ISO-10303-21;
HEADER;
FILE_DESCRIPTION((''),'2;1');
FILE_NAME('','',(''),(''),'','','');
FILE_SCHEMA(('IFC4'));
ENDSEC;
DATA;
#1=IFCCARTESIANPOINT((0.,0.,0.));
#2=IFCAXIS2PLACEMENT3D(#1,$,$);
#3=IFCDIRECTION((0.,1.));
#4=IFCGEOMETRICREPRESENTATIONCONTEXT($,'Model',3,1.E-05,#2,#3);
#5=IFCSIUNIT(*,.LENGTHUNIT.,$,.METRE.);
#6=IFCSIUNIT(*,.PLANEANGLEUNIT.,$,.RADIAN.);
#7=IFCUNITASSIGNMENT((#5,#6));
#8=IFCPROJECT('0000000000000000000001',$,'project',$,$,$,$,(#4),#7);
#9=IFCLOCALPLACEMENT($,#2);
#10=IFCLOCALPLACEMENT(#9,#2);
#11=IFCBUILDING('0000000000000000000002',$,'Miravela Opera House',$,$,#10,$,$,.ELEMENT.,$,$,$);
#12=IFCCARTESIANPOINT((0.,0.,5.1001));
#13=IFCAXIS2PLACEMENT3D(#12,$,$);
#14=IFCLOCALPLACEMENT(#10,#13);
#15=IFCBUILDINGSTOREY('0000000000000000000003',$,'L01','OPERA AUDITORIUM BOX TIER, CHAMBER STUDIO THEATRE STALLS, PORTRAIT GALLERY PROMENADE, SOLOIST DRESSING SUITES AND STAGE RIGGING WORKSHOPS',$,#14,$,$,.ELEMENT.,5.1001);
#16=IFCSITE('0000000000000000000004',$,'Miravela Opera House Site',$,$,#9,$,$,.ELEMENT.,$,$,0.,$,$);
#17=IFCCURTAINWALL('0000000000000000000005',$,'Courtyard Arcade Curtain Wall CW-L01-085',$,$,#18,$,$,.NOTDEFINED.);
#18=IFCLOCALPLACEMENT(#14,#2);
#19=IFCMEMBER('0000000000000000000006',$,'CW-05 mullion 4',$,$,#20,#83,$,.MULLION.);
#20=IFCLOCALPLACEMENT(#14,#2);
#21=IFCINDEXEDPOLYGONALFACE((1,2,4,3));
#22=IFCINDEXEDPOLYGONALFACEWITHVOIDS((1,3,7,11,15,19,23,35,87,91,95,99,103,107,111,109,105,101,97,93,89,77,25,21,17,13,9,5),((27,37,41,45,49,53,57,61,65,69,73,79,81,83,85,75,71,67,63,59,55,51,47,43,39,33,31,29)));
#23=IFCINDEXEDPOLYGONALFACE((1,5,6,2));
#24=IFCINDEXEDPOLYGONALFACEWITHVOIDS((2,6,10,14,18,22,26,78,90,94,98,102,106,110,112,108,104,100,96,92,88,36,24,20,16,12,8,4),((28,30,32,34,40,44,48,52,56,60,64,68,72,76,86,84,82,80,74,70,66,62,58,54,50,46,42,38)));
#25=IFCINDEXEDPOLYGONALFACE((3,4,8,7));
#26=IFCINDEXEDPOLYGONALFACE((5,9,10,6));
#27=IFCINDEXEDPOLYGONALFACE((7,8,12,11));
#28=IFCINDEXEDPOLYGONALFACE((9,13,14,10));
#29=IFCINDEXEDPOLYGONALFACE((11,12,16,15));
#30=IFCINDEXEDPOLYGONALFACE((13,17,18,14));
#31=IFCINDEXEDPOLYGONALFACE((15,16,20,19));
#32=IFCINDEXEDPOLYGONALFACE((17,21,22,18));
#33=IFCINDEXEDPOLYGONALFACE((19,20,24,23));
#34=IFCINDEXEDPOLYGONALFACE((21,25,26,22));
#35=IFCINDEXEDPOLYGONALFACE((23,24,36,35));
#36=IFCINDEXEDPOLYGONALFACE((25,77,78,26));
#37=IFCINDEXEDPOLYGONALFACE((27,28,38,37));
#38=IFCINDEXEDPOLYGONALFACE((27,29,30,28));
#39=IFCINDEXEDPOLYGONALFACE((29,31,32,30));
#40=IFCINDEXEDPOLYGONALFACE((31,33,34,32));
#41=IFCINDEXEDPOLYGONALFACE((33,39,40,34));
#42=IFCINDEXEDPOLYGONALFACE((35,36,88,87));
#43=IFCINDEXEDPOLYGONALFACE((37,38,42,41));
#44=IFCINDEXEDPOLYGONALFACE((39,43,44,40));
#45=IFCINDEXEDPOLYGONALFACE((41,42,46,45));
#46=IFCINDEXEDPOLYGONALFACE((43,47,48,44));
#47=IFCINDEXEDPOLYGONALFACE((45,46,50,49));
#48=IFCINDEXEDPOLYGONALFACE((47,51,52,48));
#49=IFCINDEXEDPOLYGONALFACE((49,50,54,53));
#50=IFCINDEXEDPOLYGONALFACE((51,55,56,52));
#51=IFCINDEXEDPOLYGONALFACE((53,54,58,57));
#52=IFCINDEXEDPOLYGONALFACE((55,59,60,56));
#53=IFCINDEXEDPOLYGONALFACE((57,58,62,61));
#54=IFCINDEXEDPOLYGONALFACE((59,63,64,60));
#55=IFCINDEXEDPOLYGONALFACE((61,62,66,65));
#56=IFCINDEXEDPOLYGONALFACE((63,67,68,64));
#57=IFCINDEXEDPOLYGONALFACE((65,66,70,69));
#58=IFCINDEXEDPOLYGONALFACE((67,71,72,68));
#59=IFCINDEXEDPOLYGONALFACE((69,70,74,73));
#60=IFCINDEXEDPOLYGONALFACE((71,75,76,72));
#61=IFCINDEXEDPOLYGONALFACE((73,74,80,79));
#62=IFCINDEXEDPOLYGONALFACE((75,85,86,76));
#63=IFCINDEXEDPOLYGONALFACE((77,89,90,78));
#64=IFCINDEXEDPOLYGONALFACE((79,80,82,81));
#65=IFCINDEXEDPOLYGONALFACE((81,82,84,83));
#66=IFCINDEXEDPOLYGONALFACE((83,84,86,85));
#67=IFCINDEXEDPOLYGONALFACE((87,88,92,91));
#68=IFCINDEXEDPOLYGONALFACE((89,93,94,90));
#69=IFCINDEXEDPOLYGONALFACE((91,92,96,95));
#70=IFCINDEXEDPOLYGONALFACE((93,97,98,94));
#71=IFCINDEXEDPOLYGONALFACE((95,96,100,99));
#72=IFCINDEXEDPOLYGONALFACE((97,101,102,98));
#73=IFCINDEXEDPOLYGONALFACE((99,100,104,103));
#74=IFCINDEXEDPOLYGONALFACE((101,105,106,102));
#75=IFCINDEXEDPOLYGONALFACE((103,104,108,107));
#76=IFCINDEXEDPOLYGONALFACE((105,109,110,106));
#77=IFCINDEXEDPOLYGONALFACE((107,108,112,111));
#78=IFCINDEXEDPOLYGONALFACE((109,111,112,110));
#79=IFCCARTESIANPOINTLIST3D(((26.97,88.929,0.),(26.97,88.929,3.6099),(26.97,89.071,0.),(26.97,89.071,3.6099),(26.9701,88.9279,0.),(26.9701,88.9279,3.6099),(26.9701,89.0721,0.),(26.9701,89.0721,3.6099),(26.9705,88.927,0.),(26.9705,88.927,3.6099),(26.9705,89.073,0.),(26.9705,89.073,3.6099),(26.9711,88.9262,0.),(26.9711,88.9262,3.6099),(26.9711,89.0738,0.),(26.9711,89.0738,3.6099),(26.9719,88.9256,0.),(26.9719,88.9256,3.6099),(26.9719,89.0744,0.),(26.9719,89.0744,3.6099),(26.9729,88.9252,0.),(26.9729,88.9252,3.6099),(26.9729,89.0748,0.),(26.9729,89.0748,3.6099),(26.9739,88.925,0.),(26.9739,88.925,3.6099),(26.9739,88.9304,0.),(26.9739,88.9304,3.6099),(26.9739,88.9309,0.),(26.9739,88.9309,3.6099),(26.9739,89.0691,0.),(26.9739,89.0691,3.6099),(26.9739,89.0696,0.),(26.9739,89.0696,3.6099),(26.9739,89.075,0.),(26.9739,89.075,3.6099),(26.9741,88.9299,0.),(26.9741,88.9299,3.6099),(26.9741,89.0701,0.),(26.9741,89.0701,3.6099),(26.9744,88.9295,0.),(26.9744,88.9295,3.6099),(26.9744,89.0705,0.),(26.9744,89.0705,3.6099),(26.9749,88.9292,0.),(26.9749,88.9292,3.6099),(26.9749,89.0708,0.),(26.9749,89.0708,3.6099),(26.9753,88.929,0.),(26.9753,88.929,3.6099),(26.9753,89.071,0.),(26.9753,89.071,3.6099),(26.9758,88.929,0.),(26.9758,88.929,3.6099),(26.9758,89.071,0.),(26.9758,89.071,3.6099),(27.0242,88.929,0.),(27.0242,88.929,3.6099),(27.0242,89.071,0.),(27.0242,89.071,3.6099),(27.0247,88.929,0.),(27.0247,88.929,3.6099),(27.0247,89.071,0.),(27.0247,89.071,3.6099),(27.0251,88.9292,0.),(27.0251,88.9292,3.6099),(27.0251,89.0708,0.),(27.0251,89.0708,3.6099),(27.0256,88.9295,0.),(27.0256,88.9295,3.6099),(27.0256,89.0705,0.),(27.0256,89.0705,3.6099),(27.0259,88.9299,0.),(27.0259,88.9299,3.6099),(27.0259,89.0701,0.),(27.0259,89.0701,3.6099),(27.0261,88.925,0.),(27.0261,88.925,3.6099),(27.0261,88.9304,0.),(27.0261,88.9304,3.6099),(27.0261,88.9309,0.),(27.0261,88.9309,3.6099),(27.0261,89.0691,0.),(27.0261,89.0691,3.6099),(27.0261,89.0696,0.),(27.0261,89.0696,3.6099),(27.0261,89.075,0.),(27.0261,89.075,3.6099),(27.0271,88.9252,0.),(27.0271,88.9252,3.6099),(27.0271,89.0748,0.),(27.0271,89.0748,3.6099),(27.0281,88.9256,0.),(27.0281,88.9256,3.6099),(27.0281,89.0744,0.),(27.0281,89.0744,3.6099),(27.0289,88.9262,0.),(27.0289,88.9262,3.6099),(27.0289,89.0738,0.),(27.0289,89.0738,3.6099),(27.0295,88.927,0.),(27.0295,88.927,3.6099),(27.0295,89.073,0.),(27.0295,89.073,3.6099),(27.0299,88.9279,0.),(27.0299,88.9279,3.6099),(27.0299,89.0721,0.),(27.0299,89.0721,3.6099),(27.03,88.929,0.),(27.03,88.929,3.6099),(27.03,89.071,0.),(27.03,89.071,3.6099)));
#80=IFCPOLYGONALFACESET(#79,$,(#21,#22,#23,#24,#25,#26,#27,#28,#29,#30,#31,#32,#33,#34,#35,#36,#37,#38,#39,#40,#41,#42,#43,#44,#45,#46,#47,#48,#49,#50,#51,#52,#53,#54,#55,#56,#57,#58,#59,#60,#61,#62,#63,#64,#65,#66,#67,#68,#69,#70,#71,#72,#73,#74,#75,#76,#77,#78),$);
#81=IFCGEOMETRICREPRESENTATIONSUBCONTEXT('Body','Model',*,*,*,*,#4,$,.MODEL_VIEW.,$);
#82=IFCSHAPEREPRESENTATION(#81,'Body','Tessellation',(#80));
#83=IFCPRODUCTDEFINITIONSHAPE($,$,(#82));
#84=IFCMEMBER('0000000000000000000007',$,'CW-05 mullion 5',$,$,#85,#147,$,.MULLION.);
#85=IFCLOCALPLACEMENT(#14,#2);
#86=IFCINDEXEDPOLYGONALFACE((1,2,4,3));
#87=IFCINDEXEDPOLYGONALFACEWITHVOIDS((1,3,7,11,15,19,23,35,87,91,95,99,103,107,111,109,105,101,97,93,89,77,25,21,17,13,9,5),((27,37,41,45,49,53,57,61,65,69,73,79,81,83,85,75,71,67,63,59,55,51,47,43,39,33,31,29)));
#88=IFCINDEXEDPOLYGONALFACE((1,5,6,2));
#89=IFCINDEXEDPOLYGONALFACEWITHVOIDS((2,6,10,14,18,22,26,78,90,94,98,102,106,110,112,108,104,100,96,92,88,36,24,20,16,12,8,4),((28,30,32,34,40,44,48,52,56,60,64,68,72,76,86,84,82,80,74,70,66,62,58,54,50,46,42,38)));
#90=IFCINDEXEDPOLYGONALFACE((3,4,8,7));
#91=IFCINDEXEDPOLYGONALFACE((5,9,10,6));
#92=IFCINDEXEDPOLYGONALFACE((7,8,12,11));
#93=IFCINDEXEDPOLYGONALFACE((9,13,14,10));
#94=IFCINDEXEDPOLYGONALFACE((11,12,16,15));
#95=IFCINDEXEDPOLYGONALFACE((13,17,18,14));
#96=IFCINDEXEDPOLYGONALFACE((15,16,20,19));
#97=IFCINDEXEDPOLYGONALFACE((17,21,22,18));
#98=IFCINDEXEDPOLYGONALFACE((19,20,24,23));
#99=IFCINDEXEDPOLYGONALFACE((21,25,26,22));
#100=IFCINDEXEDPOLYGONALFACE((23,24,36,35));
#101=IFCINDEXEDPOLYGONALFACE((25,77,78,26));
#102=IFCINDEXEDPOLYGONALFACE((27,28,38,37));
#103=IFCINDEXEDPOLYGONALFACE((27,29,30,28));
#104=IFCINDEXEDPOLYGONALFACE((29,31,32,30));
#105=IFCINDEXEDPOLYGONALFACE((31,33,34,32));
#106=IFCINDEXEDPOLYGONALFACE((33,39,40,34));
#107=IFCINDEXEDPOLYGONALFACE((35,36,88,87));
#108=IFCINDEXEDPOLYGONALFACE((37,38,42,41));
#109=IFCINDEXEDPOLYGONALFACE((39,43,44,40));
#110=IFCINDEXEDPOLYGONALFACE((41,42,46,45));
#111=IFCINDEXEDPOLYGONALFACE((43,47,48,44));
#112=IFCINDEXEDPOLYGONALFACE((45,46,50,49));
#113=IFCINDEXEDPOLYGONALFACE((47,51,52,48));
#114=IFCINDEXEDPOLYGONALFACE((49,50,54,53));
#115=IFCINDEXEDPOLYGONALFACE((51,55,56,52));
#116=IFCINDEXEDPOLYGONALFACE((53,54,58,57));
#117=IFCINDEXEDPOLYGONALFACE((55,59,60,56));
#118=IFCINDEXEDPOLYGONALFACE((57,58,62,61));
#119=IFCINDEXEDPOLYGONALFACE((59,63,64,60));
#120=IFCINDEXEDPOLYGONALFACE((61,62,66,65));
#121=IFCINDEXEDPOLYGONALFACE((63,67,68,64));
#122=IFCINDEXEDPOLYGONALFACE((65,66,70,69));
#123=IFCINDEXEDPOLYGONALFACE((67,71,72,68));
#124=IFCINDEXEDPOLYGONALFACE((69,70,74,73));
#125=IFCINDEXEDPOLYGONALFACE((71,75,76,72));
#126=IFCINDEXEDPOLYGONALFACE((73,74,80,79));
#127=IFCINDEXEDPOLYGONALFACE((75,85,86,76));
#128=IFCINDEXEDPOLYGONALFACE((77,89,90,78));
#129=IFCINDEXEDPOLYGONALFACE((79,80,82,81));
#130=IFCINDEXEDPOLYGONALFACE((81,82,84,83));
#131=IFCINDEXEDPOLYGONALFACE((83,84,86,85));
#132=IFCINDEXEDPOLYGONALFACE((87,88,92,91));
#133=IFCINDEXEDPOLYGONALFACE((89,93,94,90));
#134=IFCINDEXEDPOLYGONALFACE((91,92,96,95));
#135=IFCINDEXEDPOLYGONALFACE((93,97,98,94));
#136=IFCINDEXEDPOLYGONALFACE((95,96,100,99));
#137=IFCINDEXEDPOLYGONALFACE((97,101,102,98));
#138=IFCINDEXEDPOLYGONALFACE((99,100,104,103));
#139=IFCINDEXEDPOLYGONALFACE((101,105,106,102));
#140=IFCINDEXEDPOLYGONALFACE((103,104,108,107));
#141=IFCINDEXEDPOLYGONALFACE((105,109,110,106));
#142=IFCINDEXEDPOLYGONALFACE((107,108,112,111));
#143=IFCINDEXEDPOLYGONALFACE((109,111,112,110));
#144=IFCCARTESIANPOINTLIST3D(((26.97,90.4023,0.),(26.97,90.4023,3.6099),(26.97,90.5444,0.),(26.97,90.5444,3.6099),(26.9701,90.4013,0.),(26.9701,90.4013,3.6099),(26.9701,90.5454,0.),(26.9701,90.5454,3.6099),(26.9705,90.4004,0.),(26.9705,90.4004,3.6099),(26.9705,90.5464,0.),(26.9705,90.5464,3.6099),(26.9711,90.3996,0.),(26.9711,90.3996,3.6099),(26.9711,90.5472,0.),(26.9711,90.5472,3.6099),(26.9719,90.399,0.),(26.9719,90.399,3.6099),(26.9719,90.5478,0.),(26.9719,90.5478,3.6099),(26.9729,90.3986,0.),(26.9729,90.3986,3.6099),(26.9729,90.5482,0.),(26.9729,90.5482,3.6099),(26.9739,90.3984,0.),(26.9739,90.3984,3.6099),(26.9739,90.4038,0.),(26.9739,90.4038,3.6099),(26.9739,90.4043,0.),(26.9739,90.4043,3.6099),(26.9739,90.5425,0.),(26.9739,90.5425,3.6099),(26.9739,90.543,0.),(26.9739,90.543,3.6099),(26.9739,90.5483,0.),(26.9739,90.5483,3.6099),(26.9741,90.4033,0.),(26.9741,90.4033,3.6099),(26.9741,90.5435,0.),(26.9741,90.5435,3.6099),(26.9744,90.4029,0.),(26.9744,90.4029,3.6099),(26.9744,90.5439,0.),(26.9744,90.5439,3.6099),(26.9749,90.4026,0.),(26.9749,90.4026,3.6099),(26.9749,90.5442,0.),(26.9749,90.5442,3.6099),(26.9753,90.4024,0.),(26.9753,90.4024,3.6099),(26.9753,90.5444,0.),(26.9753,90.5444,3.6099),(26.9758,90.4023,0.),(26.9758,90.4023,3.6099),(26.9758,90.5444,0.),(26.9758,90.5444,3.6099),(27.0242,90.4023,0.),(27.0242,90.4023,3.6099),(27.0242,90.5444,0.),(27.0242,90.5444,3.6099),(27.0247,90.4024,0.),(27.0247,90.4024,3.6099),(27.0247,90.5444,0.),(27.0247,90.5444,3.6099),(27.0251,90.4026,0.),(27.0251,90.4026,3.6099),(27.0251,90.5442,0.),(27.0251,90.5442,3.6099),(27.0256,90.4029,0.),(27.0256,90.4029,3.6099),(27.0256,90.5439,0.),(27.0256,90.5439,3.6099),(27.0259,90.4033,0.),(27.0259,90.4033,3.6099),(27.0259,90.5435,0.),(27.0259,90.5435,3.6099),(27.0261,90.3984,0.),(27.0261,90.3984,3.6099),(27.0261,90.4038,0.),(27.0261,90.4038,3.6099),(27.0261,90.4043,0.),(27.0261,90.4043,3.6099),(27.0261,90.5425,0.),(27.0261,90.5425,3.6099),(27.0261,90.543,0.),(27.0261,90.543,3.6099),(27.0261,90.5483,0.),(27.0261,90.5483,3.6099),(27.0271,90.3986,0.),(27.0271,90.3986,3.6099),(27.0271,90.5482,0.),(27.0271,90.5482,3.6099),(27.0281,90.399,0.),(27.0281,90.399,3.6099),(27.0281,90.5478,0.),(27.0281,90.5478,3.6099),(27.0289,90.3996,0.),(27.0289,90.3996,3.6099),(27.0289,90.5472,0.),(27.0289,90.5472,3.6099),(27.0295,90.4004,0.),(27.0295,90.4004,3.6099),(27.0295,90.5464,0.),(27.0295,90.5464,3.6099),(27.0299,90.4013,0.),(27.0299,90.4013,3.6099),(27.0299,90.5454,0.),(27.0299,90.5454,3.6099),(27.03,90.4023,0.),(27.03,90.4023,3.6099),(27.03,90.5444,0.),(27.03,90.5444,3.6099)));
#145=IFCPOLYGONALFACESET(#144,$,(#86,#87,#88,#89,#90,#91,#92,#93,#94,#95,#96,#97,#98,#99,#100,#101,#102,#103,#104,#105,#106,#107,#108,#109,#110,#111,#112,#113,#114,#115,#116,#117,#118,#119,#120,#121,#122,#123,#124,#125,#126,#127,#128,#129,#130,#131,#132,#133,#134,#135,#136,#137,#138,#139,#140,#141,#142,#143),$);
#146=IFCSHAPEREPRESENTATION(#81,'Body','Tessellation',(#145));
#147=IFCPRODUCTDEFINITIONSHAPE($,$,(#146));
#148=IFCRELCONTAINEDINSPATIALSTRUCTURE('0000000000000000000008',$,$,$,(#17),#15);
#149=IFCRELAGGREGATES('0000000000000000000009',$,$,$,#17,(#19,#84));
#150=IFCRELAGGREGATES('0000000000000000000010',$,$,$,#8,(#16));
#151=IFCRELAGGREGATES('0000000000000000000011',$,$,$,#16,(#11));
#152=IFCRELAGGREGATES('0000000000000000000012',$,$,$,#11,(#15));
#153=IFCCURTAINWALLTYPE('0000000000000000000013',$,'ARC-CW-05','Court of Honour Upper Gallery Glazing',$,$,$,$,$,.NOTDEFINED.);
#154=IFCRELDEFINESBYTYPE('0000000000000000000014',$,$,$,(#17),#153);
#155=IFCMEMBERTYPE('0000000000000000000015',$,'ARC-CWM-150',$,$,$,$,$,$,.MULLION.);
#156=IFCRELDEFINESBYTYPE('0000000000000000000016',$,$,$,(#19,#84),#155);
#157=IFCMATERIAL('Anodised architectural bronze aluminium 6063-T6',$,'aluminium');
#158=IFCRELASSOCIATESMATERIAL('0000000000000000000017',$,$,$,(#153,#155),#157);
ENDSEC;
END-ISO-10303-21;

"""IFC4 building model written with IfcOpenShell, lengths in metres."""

from ifc_helpers import new_model, si_unit, direction, frame, origin, origin_2d, place, context, subcontext, project, spatial, hollow_rectangle, extrude, material, material_profile, profile_set, type_object, element, aggregate, save


model = new_model("IFC4")

# Units and contexts
model_context = context("Model", 3, precision=1e-05, world=origin(), true_north=direction((0.0, 1.0)))
body_context = subcontext(model_context, "Body", "Model", "MODEL_VIEW")
ifc_project = project(units=[si_unit("LENGTHUNIT", "METRE"), si_unit("PLANEANGLEUNIT", "RADIAN")], contexts=[model_context])

# Site, building, storey
site_placement = place(None, origin())
site = spatial("IfcSite", under=ifc_project, at=site_placement, Name="Miravela Opera House Site", CompositionType="ELEMENT", RefElevation=0.0)
building_placement = place(site_placement, origin())
building = spatial("IfcBuilding", under=site, at=building_placement, Name="Miravela Opera House", CompositionType="ELEMENT")
storey_placement = place(building_placement, frame((0.0, 0.0, 5.1001)))
storey = spatial("IfcBuildingStorey", under=building, at=storey_placement, Name="L01", Description="OPERA AUDITORIUM BOX TIER, CHAMBER STUDIO THEATRE STALLS, PORTRAIT GALLERY PROMENADE, SOLOIST DRESSING SUITES AND STAGE RIGGING WORKSHOPS", CompositionType="ELEMENT", Elevation=5.1001)

# Curtain wall, members
ifc_material_1 = material(Name="Anodised architectural bronze aluminium 6063-T6", Category="aluminium")
curtain_wall_type = type_object("IfcCurtainWallType", Name="ARC-CW-05", Description="Court of Honour Upper Gallery Glazing", PredefinedType="NOTDEFINED", material=ifc_material_1)
curtain_wall_placement = place(storey_placement, origin())
curtain_wall = element("IfcCurtainWall", 1, at=curtain_wall_placement, inside=storey, type_object=curtain_wall_type, Name="Courtyard Arcade Curtain Wall CW-L01-085", PredefinedType="NOTDEFINED")
ifc_material_profile_1 = material_profile(ifc_material_1, hollow_rectangle(XDim=0.0601, YDim=0.1499, WallThickness=0.0039, InnerFilletRadius=0.002, OuterFilletRadius=0.0039, at=origin_2d()), Name="CWM-60X150")
ifc_profile_set_1 = profile_set([ifc_material_profile_1])
member_type_1 = type_object("IfcMemberType", Name="ARC-CWM-150", PredefinedType="MULLION", material=ifc_profile_set_1)
member_1_placement = place(storey_placement, frame((27.0, 89.0, 0.0), z_axis=(0.0, 0.0, 1.0), x_axis=(-1.0, 0.0, 0.0)))
member_1 = element("IfcMember", 2, at=member_1_placement, type_object=member_type_1, Name="CW-05 mullion 4", PredefinedType="MULLION", context=body_context, shape_type="SweptSolid", body=[
    extrude(hollow_rectangle(XDim=0.0601, YDim=0.1499, WallThickness=0.0039, InnerFilletRadius=0.002, OuterFilletRadius=0.0039, at=origin_2d()), origin(), (0.0, 0.0, 1.0), 3.6099),
])
member_2_placement = place(storey_placement, frame((27.0, 90.4734, 0.0), z_axis=(0.0, 0.0, 1.0), x_axis=(-1.0, 0.0, 0.0)))
member_2 = element("IfcMember", 3, at=member_2_placement, type_object=member_type_1, Name="CW-05 mullion 5", PredefinedType="MULLION", context=body_context, shape_type="SweptSolid", body=[
    extrude(hollow_rectangle(XDim=0.0601, YDim=0.1499, WallThickness=0.0039, InnerFilletRadius=0.002, OuterFilletRadius=0.0039, at=origin_2d()), origin(), (0.0, 0.0, 1.0), 3.6099),
])
aggregate(curtain_wall, [member_1, member_2])

save(model, "model.ifc")
